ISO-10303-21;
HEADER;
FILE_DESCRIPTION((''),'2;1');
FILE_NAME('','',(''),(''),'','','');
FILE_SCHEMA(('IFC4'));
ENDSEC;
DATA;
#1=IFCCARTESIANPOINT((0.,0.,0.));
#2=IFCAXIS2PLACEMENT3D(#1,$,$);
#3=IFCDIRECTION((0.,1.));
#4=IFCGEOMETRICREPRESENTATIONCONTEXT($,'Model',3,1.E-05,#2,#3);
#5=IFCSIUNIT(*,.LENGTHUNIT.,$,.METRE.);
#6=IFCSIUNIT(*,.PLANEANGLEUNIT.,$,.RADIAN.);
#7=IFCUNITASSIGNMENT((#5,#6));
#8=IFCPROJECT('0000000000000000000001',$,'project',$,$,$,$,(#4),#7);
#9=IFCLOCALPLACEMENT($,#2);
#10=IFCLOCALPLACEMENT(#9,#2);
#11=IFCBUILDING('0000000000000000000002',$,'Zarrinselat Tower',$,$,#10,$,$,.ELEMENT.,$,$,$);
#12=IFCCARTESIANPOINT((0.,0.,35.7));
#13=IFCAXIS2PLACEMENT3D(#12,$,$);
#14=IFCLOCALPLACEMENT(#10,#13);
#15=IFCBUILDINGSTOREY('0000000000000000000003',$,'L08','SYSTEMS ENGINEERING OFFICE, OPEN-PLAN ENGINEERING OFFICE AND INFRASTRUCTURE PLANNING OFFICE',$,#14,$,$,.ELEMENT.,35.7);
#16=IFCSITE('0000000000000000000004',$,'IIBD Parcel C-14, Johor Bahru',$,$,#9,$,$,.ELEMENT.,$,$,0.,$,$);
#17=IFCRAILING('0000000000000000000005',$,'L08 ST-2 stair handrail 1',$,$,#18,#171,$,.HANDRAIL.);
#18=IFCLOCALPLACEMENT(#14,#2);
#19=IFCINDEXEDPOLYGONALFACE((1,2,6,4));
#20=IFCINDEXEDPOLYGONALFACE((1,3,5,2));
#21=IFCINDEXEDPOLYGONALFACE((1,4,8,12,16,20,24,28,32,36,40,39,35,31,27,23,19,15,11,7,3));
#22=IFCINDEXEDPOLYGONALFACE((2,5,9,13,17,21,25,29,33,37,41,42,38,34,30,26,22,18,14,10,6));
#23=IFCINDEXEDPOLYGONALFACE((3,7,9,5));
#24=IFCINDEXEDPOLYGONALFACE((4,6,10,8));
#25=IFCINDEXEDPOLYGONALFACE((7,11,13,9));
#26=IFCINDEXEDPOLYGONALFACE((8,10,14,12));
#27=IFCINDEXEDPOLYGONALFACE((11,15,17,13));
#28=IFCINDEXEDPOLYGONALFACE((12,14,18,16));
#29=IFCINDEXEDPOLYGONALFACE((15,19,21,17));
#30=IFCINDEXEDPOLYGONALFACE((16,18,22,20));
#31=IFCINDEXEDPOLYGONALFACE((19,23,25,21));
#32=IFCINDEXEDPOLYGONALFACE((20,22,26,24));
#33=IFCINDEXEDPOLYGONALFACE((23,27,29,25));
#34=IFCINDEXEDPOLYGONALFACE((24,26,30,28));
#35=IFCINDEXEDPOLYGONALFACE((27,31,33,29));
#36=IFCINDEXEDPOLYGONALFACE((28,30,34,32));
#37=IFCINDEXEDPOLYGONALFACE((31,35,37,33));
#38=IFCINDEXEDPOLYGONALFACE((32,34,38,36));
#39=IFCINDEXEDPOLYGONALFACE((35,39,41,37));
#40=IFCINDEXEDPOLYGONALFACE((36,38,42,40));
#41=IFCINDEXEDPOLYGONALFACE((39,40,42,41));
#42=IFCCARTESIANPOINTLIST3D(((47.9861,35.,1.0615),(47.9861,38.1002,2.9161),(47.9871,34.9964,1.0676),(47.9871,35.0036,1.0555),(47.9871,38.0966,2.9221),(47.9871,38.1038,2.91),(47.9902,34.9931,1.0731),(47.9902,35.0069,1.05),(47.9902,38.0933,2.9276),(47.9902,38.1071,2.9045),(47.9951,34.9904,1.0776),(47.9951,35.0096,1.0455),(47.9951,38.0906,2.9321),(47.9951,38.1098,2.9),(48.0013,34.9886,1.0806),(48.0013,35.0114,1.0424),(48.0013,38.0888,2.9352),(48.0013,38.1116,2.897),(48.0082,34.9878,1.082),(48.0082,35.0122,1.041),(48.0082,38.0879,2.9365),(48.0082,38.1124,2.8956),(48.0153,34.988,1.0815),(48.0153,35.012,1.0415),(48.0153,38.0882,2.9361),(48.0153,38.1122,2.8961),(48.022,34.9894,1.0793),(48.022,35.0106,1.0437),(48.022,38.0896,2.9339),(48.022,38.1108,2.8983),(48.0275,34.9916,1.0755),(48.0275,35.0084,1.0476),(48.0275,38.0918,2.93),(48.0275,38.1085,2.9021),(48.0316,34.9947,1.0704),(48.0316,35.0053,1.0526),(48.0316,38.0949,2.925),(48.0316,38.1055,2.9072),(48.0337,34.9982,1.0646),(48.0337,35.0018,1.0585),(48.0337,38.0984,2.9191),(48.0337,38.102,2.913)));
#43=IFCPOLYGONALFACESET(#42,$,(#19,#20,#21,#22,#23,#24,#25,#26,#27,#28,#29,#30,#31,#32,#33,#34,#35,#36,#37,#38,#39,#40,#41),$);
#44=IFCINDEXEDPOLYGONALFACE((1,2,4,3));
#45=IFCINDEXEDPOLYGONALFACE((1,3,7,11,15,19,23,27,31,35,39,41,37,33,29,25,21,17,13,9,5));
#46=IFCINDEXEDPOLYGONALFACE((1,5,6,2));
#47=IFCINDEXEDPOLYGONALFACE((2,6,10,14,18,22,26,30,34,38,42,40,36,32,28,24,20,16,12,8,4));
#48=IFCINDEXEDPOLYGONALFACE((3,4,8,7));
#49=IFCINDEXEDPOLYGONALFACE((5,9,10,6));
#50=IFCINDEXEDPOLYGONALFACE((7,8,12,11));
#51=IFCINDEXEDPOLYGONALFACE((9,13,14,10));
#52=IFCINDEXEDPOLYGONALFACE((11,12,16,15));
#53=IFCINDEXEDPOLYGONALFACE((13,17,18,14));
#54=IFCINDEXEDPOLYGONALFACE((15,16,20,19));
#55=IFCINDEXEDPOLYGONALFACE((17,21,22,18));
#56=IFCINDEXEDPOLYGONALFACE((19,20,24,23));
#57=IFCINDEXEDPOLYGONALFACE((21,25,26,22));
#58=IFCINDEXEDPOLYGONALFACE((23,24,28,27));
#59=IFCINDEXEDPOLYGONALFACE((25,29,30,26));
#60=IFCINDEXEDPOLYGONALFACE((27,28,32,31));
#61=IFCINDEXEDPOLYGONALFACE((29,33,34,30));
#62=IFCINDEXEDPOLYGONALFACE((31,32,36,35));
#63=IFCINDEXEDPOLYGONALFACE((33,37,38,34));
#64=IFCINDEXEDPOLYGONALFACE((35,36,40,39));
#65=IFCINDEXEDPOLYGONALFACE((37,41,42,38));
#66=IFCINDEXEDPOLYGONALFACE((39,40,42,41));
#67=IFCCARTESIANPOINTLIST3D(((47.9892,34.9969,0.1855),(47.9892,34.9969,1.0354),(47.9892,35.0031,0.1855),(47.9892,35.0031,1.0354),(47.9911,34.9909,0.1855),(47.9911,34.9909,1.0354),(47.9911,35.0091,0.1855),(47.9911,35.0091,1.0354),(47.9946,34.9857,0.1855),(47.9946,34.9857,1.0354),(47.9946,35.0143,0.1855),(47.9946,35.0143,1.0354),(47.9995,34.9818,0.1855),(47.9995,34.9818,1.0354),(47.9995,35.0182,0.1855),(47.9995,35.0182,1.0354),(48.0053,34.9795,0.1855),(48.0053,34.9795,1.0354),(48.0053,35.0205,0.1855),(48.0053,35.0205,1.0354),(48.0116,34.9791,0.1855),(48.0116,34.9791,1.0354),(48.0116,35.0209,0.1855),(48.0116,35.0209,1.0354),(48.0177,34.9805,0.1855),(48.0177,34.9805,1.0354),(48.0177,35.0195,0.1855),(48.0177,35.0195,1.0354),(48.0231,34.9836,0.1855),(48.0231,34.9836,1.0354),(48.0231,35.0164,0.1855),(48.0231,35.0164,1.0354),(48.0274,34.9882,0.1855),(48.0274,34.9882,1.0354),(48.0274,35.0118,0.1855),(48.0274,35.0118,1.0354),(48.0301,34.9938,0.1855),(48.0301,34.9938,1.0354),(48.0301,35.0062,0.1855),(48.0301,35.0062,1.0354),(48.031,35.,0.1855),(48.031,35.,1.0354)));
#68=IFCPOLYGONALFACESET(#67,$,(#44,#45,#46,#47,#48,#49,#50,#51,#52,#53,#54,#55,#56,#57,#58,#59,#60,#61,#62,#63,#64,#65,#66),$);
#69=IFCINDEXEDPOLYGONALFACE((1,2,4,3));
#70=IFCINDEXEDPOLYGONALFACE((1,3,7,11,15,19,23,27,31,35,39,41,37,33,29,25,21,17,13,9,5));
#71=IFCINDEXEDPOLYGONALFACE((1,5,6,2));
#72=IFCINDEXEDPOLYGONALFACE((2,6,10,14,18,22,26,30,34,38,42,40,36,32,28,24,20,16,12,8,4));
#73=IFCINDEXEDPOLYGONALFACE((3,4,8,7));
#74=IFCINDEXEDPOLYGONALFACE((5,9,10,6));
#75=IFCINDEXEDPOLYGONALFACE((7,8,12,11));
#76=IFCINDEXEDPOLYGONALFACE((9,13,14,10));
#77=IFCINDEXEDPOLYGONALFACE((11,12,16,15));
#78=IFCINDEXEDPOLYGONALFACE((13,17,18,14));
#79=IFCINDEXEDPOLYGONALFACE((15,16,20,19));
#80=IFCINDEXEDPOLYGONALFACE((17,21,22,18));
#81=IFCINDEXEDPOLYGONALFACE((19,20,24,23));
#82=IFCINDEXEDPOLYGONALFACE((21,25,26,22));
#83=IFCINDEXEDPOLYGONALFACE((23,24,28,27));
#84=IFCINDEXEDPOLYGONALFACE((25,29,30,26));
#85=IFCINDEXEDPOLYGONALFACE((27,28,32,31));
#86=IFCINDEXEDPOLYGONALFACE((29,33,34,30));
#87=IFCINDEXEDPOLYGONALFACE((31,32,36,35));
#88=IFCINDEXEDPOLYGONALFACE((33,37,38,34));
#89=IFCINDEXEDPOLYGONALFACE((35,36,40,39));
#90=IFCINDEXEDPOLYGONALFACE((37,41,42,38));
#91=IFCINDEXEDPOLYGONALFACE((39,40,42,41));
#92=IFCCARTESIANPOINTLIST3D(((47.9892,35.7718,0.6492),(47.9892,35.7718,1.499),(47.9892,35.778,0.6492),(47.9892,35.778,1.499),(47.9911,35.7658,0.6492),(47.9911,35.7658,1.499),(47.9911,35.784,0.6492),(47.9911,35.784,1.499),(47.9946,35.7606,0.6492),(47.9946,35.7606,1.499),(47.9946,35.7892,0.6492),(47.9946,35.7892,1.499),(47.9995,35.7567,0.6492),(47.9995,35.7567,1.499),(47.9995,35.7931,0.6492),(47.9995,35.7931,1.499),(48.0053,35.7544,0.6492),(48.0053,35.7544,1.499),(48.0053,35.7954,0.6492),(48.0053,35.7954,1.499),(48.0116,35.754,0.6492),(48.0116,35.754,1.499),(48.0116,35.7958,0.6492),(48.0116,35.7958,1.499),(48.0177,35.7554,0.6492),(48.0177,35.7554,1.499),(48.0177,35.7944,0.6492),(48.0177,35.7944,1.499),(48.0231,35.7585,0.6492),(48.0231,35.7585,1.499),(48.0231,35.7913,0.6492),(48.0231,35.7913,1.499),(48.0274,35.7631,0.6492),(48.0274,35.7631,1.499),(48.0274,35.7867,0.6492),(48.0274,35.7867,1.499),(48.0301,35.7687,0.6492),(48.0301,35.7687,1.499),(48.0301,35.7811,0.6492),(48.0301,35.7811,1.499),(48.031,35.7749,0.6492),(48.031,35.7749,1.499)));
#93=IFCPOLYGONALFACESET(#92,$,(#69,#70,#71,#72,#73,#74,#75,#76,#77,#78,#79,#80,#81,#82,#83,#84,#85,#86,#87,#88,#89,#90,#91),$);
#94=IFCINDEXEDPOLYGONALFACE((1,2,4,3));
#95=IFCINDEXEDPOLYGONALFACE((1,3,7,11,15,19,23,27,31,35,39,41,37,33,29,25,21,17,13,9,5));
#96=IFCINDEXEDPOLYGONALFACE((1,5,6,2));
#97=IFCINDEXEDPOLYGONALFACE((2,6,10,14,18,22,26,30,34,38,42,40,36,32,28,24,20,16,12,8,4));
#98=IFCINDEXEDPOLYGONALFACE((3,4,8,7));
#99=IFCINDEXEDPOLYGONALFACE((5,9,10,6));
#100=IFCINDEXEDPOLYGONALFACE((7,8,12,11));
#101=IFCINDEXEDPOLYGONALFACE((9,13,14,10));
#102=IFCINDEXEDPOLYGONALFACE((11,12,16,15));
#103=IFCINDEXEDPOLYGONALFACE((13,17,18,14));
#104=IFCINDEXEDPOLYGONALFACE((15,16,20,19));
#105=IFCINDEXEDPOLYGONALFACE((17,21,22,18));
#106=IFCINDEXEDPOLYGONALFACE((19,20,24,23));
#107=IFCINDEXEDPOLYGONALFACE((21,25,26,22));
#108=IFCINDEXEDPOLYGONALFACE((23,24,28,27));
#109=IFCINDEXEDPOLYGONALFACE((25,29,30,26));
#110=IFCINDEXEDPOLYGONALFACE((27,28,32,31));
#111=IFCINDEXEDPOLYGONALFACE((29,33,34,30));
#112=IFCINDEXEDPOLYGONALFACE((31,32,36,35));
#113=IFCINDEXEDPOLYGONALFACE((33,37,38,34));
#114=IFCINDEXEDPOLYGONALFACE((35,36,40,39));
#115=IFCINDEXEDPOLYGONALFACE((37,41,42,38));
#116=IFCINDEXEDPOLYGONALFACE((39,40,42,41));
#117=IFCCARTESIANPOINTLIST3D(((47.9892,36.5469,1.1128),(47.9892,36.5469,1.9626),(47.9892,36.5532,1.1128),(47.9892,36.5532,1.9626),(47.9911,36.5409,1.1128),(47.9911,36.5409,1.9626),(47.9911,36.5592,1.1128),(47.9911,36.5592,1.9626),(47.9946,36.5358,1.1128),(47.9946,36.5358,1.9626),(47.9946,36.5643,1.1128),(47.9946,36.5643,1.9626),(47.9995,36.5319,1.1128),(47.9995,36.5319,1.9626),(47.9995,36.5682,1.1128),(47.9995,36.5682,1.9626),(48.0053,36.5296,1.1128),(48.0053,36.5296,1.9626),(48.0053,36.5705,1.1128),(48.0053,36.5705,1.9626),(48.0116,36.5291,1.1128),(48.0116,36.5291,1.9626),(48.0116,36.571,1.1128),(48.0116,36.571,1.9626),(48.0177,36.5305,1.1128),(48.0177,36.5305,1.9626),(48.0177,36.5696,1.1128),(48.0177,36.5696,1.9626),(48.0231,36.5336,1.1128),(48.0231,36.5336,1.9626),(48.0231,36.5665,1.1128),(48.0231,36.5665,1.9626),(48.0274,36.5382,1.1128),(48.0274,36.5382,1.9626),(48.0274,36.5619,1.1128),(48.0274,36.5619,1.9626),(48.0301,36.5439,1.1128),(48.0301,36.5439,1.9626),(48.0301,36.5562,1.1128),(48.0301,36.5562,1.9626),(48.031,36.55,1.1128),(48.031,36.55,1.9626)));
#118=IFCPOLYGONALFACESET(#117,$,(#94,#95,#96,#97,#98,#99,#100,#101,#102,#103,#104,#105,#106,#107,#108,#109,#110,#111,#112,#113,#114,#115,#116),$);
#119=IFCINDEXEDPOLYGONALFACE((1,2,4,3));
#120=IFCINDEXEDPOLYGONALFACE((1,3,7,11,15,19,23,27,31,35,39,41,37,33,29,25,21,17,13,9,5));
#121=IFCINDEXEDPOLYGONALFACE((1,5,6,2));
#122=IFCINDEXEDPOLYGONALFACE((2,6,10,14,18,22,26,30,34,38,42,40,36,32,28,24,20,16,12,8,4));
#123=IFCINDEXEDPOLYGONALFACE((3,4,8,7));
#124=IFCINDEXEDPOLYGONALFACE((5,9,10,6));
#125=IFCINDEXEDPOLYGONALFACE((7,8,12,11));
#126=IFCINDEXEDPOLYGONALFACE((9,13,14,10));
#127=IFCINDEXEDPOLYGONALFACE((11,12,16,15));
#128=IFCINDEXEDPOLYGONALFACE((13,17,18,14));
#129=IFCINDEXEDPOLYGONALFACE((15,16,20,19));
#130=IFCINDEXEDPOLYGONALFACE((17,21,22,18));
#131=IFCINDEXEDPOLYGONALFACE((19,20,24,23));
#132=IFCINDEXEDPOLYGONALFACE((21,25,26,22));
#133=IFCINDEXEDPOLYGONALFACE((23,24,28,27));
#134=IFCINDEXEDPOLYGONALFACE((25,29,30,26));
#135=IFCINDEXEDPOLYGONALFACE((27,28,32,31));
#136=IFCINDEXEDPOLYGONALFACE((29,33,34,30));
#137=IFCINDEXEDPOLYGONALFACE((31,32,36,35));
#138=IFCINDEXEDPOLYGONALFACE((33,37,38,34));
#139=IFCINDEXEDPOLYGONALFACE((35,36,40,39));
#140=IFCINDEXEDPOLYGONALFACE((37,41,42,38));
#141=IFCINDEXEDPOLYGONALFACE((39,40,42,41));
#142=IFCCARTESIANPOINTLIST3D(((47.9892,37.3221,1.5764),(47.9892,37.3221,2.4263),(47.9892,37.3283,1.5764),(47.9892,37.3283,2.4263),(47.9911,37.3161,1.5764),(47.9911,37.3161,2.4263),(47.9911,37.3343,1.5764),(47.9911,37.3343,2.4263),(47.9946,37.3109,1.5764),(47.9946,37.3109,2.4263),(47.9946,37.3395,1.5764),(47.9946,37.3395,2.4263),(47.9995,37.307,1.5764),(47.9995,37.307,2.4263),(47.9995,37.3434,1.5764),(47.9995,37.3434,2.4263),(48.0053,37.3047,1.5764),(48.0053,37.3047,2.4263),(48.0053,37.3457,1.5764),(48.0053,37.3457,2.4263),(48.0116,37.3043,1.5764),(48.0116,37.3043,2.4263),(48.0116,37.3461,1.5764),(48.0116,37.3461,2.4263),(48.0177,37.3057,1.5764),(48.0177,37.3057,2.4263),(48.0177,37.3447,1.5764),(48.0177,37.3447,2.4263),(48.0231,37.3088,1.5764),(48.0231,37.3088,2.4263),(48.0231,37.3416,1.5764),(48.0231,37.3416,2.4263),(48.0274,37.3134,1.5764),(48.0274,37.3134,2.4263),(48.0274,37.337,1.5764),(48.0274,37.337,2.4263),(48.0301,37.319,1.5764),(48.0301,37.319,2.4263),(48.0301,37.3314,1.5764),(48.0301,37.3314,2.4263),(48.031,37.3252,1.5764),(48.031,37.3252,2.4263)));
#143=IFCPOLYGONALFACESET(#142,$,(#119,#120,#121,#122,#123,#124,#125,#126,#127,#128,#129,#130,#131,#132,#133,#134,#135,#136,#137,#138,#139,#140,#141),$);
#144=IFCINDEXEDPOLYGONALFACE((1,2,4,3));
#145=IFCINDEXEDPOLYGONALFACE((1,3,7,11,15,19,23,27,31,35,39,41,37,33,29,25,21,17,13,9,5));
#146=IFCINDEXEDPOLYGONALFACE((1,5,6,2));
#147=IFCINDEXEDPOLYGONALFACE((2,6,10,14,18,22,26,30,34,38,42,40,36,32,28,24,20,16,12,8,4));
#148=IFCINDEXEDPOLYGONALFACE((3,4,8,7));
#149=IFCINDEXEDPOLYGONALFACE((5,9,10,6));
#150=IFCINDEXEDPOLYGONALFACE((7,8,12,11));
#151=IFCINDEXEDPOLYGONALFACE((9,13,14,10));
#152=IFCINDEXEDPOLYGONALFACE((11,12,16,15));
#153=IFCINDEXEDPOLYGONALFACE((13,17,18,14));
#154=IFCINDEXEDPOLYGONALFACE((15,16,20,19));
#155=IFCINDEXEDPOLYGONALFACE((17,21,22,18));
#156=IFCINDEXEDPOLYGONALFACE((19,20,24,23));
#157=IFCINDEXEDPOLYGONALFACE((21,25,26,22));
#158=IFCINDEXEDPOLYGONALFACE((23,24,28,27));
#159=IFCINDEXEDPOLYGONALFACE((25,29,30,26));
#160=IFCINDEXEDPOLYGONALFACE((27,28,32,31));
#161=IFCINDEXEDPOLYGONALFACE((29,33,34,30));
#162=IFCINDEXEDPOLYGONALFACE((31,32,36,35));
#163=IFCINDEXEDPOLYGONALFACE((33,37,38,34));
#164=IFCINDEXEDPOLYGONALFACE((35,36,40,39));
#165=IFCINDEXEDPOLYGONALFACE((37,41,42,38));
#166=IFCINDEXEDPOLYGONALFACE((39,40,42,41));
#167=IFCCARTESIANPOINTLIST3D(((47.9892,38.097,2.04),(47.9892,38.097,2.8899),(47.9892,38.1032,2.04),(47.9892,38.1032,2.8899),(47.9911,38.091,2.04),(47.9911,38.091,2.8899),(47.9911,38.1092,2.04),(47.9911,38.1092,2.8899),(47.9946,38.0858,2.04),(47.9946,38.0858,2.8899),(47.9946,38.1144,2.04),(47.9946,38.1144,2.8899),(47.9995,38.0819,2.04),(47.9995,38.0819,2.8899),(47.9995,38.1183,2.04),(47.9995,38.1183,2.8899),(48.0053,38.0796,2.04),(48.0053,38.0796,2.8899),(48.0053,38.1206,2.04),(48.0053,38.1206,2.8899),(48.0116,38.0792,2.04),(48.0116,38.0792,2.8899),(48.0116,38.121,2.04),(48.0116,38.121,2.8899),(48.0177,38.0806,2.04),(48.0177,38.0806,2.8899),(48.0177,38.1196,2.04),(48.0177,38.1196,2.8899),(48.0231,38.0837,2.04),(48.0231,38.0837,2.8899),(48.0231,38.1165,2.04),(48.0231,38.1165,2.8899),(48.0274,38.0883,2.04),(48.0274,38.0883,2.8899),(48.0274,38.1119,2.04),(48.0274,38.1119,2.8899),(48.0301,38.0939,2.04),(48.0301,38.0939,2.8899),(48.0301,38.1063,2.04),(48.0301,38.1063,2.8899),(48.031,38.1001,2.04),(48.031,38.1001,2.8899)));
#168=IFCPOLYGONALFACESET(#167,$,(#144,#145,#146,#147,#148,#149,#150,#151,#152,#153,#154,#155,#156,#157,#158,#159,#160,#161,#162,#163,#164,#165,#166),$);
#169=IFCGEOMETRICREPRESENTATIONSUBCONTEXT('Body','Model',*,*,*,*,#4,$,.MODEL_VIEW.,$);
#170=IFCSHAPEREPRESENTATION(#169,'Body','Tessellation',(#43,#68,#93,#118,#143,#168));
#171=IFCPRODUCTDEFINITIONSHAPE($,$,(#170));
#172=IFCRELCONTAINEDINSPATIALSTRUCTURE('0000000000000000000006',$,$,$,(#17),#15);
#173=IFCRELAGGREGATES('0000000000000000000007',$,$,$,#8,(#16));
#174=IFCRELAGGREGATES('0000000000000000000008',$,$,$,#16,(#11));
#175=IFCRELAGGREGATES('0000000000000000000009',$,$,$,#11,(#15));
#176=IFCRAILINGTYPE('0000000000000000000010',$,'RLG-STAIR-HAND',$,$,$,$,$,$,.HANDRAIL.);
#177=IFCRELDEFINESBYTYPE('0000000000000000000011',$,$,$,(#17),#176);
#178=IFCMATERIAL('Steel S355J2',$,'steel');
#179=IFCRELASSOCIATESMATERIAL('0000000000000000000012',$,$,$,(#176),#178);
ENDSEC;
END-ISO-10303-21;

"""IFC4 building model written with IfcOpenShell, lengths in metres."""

from ifc_helpers import new_model, si_unit, direction, frame, origin, origin_2d, place, context, subcontext, project, spatial, circle, extrude, material, type_object, element, save


model = new_model("IFC4")

# Units and contexts
model_context = context("Model", 3, precision=1e-05, world=origin(), true_north=direction((0.0, 1.0)))
body_context = subcontext(model_context, "Body", "Model", "MODEL_VIEW")
ifc_project = project(units=[si_unit("LENGTHUNIT", "METRE"), si_unit("PLANEANGLEUNIT", "RADIAN")], contexts=[model_context])

# Site, building, storey
site_placement = place(None, origin())
site = spatial("IfcSite", under=ifc_project, at=site_placement, Name="IIBD Parcel C-14, Johor Bahru", CompositionType="ELEMENT", RefElevation=0.0)
building_placement = place(site_placement, origin())
building = spatial("IfcBuilding", under=site, at=building_placement, Name="Zarrinselat Tower", CompositionType="ELEMENT")
storey_placement = place(building_placement, frame((0.0, 0.0, 35.7)))
storey = spatial("IfcBuildingStorey", under=building, at=storey_placement, Name="L08", Description="SYSTEMS ENGINEERING OFFICE, OPEN-PLAN ENGINEERING OFFICE AND INFRASTRUCTURE PLANNING OFFICE", CompositionType="ELEMENT", Elevation=35.7)

# Railing
ifc_material_1 = material(Name="Steel S355J2", Category="steel")
railing_type_1 = type_object("IfcRailingType", Name="RLG-STAIR-HAND", PredefinedType="HANDRAIL", material=ifc_material_1)
railing_1_placement = place(storey_placement, frame((48.01, 35.0, 0.1855)))
element("IfcRailing", 1, at=railing_1_placement, inside=storey, type_object=railing_type_1, Name="L08 ST-2 stair handrail 1", PredefinedType="HANDRAIL", context=body_context, shape_type="SweptSolid", body=[
    extrude(circle(Radius=0.0239, at=origin_2d()), frame((0.0, 0.0, 0.876), z_axis=(0.0, 0.858172, 0.513362), x_axis=(-1.0, 0.0, 0.0)), (0.0, 0.0, 1.0), 3.6125),
    extrude(circle(Radius=0.021, at=origin_2d()), origin(), (0.0, 0.0, 1.0), 0.8499),
    extrude(circle(Radius=0.021, at=origin_2d()), frame((0.0, 0.7749, 0.4636)), (0.0, 0.0, 1.0), 0.8499),
    extrude(circle(Radius=0.021, at=origin_2d()), frame((0.0, 1.55, 0.9272)), (0.0, 0.0, 1.0), 0.8499),
    extrude(circle(Radius=0.021, at=origin_2d()), frame((0.0, 2.3252, 1.3909)), (0.0, 0.0, 1.0), 0.8499),
    extrude(circle(Radius=0.021, at=origin_2d()), frame((0.0, 3.1001, 1.8545)), (0.0, 0.0, 1.0), 0.8499),
])

save(model, "model.ifc")
